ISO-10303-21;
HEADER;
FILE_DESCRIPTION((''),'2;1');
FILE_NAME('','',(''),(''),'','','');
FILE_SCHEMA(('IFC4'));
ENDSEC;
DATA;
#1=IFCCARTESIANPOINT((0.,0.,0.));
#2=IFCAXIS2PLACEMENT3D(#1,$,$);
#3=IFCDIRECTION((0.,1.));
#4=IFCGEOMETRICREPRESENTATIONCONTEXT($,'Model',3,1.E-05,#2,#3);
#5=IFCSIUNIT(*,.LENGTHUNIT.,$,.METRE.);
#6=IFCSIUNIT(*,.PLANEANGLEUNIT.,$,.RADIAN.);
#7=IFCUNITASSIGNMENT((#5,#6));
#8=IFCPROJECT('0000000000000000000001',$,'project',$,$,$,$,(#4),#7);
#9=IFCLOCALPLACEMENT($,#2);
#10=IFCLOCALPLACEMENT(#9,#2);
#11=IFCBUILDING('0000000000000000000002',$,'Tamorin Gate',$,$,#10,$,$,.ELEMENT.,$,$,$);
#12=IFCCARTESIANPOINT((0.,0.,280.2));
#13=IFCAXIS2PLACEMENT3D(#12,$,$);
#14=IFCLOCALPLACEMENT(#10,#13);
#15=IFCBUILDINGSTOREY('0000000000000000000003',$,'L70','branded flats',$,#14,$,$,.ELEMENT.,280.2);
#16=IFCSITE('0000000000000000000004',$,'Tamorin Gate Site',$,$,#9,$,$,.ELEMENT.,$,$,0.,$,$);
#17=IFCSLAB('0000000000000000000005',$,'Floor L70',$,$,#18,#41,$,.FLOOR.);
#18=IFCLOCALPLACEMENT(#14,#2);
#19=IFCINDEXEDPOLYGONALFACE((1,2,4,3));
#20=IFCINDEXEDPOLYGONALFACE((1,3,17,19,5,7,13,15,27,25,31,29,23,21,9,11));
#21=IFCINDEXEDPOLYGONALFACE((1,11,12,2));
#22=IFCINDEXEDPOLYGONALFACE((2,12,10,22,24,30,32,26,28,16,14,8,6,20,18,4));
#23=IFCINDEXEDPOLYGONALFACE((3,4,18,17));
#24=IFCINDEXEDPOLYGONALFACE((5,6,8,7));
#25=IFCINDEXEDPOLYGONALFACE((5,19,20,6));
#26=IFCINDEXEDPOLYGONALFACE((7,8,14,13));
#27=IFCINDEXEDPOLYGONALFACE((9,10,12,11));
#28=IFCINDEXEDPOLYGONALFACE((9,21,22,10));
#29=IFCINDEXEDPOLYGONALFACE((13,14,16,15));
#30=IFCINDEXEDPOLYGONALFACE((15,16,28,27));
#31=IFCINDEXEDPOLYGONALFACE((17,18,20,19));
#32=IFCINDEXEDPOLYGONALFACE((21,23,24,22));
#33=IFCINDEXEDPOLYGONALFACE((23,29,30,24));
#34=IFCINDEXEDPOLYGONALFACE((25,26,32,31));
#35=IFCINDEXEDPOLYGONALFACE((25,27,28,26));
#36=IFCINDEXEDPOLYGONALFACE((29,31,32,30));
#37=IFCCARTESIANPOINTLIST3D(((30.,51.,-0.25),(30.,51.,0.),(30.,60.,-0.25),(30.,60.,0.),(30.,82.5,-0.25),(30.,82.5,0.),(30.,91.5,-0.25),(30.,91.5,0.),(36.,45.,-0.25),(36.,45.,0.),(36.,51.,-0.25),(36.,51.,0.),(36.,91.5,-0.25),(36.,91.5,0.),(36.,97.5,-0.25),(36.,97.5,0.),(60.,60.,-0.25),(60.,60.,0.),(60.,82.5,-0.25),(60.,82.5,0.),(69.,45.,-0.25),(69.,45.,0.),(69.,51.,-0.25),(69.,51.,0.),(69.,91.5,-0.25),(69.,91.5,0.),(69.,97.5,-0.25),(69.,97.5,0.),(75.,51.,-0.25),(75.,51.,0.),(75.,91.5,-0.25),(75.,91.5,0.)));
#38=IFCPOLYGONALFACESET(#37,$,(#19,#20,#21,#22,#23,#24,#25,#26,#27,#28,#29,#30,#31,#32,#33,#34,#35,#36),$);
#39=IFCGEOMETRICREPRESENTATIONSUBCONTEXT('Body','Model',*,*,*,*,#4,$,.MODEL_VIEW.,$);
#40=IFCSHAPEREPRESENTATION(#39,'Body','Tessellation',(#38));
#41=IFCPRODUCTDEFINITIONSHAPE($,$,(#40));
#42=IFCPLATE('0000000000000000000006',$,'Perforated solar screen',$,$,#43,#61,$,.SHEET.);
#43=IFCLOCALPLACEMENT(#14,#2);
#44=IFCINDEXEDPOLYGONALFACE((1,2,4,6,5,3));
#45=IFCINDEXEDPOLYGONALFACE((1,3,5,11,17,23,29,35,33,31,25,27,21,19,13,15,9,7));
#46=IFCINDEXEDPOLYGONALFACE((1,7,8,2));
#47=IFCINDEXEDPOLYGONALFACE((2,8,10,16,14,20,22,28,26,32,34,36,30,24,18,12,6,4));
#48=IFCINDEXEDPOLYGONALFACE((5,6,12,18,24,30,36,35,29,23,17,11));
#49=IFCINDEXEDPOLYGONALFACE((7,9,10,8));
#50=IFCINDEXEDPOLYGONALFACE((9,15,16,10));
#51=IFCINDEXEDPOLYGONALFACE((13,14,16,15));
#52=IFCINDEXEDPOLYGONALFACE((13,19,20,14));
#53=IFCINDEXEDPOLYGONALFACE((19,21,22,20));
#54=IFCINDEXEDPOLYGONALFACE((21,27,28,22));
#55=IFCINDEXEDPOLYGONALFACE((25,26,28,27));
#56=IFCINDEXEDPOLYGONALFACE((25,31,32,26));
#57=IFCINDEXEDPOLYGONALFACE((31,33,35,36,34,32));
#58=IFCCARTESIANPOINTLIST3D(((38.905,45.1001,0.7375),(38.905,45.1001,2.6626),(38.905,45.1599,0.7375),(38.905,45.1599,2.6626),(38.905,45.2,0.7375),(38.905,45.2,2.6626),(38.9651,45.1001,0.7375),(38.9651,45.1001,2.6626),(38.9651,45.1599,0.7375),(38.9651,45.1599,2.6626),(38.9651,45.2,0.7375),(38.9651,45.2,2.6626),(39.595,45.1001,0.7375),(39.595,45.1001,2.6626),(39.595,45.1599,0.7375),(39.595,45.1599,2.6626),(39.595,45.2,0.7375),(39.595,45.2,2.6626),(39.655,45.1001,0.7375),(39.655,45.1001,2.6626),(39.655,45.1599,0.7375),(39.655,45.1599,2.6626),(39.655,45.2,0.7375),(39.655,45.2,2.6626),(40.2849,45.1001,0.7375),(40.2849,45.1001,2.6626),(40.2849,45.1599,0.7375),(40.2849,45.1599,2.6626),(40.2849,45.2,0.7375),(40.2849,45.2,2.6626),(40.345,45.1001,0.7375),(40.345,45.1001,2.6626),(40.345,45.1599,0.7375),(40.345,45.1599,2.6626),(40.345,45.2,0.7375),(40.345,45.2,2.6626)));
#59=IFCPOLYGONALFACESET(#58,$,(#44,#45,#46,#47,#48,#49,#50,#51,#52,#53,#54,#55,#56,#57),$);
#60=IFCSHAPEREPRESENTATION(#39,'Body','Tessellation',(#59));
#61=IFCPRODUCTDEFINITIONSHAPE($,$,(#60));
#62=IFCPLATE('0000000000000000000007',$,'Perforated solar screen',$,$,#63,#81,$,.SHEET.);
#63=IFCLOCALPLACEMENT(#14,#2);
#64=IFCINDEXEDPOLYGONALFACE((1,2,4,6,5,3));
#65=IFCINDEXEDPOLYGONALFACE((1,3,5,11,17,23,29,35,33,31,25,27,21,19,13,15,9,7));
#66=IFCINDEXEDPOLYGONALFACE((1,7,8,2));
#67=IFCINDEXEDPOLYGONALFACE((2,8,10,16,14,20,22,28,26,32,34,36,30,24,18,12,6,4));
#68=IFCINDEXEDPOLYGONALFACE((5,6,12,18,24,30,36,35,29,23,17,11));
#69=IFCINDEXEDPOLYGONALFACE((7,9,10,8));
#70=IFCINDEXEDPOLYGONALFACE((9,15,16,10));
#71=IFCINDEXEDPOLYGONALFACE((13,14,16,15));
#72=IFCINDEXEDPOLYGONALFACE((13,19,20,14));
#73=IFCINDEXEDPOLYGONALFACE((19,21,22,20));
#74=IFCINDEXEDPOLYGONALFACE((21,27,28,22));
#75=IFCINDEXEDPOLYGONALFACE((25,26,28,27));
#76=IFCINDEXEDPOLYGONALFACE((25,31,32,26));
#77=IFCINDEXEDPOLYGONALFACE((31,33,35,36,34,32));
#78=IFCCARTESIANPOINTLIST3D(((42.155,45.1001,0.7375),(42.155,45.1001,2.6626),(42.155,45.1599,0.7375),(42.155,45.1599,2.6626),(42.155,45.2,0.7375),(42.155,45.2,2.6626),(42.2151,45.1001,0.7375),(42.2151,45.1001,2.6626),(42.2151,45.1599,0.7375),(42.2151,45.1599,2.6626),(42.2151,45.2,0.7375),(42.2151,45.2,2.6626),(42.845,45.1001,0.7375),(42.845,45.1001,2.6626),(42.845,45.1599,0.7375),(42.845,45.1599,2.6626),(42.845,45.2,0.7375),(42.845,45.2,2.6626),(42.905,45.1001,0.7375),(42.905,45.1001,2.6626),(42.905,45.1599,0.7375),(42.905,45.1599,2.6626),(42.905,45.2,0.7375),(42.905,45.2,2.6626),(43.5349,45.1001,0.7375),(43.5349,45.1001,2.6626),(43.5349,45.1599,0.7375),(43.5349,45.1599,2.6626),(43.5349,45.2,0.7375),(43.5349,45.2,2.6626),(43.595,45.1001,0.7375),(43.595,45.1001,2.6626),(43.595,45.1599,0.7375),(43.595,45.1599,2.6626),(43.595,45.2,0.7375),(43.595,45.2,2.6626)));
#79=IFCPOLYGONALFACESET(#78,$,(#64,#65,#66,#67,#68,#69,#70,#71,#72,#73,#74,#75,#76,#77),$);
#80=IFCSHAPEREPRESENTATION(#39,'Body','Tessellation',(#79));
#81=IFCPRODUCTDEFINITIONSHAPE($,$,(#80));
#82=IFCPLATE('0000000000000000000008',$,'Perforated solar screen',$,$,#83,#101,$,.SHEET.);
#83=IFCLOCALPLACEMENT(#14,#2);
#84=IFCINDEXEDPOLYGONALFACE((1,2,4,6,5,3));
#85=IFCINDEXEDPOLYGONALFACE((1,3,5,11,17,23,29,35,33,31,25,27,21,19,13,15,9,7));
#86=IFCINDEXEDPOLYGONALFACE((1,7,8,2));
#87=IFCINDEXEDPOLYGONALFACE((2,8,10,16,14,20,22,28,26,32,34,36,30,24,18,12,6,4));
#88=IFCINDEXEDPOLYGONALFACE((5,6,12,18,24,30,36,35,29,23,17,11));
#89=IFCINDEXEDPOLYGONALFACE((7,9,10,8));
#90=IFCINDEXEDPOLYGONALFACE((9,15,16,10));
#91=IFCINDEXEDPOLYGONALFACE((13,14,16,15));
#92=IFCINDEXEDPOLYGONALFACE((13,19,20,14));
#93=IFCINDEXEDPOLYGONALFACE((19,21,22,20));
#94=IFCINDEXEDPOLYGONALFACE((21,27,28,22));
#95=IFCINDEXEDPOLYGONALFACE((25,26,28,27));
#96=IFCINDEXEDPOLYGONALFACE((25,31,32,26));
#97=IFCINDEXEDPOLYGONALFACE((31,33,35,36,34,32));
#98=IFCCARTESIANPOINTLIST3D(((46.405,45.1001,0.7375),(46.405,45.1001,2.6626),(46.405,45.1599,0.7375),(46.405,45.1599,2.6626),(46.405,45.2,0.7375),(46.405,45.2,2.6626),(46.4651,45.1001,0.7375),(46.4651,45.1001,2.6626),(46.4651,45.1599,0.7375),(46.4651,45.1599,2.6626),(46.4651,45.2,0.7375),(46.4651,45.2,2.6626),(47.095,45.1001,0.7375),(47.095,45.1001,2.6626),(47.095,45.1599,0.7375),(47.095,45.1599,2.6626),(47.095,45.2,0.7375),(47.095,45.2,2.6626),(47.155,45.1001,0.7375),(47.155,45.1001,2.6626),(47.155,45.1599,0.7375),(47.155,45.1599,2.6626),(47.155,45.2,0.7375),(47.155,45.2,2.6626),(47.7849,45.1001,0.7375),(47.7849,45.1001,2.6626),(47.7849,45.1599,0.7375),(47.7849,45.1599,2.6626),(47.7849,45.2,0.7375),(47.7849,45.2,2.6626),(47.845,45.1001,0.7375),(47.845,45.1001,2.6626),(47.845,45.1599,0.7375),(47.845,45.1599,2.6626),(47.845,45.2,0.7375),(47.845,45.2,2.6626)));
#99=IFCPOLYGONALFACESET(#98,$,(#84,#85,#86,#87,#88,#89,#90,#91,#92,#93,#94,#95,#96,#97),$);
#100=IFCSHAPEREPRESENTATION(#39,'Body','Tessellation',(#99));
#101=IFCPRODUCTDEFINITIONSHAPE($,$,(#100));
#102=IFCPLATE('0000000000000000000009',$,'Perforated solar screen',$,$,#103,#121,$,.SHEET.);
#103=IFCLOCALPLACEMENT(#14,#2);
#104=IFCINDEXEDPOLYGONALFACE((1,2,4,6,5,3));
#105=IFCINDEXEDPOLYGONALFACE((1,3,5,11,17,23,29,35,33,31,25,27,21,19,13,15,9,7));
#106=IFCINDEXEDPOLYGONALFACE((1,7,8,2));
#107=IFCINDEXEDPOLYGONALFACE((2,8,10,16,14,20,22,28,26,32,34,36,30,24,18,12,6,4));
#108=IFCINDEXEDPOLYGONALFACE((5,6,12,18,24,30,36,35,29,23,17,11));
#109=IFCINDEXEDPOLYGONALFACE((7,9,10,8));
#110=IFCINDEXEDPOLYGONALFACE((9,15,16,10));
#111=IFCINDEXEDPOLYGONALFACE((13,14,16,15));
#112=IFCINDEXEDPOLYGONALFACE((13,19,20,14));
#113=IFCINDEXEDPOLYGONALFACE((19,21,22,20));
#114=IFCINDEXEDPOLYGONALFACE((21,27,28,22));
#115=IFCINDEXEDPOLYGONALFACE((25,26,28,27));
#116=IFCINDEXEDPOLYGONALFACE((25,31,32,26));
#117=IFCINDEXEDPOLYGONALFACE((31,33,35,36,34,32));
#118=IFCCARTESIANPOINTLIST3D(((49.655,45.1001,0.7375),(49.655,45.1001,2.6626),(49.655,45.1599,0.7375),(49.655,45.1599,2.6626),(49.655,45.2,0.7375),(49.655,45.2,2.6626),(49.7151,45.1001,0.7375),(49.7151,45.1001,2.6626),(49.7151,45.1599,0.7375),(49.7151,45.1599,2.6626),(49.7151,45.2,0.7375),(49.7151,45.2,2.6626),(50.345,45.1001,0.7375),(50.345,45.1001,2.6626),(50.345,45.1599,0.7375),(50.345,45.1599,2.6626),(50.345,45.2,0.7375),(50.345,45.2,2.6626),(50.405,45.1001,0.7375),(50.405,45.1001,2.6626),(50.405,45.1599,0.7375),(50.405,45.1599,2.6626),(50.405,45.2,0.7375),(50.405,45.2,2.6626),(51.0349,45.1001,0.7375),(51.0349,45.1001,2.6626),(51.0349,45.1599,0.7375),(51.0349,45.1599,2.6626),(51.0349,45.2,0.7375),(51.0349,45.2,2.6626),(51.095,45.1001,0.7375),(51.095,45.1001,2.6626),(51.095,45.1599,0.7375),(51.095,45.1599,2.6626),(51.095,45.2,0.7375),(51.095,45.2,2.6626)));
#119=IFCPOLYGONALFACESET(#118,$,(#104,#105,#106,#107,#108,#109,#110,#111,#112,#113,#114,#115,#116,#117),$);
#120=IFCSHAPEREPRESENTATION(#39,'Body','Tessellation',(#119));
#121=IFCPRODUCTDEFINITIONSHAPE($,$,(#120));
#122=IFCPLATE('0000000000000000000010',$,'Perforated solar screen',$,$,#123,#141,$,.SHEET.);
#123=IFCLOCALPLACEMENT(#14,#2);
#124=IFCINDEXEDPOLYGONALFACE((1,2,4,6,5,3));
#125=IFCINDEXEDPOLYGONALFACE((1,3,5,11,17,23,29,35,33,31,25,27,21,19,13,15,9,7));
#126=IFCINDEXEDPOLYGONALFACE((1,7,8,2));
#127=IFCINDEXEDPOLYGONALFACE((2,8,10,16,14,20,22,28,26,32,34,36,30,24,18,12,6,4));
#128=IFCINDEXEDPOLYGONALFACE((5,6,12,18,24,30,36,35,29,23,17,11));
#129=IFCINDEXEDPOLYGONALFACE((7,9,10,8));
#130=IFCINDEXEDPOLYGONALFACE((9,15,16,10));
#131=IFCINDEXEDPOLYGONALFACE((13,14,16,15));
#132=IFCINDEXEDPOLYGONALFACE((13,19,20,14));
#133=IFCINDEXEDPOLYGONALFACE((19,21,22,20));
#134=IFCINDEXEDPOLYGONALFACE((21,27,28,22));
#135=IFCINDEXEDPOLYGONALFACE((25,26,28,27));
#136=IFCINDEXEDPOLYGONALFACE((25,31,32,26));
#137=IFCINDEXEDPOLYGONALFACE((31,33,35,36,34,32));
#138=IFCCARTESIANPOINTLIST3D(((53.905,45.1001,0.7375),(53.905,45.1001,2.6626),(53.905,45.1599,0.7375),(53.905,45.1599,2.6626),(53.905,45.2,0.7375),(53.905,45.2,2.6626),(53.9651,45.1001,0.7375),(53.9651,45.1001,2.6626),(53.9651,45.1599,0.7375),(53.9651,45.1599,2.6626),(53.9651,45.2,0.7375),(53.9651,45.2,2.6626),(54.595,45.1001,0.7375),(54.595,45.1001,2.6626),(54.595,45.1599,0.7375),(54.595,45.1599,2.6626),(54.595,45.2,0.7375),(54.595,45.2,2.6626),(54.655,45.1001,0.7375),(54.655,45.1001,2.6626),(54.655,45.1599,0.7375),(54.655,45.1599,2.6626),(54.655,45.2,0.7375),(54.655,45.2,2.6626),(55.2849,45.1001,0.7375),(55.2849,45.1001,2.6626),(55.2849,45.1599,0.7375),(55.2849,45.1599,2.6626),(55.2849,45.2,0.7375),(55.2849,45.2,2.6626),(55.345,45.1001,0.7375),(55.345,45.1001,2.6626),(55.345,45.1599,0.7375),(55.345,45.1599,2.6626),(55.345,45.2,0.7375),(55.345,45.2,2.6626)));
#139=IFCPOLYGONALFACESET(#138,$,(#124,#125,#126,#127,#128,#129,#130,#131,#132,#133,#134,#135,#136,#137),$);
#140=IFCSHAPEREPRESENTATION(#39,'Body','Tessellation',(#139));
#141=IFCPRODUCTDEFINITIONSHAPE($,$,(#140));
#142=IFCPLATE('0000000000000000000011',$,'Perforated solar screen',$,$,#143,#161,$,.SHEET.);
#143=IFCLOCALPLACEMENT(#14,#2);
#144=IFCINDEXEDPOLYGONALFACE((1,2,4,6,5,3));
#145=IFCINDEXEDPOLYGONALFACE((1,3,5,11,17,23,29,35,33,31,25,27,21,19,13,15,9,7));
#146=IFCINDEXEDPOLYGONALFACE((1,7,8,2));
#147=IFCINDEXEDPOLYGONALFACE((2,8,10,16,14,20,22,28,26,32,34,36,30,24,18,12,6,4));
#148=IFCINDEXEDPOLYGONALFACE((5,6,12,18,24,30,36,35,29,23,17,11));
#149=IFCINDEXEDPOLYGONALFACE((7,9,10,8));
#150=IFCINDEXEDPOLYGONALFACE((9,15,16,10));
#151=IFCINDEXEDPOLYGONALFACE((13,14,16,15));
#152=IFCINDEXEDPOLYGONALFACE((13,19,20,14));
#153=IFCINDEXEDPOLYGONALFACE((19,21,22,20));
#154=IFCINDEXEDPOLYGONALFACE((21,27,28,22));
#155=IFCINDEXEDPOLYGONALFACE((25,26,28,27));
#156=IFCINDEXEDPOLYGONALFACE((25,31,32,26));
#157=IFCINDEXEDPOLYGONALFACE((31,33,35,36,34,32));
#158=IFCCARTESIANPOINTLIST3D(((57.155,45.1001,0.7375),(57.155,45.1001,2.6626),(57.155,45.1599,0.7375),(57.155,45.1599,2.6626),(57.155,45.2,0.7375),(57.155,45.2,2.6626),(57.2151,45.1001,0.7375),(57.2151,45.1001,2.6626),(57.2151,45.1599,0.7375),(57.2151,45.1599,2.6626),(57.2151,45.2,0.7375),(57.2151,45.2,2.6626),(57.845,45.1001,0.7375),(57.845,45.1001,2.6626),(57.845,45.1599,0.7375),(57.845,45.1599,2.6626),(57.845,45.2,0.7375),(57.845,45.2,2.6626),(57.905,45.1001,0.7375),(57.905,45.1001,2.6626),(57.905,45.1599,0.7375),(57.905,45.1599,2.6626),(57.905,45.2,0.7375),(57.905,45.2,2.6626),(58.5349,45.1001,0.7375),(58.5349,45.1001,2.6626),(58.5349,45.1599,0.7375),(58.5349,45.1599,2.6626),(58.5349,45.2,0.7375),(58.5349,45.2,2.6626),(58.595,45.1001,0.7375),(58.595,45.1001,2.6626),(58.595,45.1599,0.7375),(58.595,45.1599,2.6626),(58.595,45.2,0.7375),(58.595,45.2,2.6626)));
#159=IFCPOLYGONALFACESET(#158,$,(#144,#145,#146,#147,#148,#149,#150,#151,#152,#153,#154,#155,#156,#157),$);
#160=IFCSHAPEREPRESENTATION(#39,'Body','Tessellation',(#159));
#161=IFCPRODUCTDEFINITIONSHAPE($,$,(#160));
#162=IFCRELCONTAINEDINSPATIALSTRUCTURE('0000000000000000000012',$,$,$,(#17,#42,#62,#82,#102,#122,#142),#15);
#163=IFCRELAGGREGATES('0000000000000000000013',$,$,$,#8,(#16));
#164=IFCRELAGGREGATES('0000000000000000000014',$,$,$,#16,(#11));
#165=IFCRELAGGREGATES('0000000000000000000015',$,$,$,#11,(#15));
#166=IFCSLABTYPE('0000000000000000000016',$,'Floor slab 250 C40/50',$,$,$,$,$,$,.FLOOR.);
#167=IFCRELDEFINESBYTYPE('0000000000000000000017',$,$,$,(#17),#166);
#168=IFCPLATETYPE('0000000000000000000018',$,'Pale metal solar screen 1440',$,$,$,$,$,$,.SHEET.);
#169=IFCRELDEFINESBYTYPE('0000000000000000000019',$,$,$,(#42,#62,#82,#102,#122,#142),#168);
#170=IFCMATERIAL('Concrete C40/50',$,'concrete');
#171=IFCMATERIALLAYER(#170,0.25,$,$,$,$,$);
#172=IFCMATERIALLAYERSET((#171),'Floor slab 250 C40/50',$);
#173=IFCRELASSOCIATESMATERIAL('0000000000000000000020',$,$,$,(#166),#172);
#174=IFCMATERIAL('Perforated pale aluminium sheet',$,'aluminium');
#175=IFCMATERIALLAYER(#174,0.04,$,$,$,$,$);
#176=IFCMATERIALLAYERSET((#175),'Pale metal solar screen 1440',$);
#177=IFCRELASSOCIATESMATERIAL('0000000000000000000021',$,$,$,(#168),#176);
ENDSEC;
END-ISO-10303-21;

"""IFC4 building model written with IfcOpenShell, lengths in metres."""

from ifc_helpers import new_model, si_unit, direction, frame, origin, place, context, subcontext, project, spatial, polyline, outline, extrude, material, layer, layer_set, type_object, element, save


model = new_model("IFC4")

# Units and contexts
model_context = context("Model", 3, precision=1e-05, world=origin(), true_north=direction((0.0, 1.0)))
body_context = subcontext(model_context, "Body", "Model", "MODEL_VIEW")
ifc_project = project(units=[si_unit("LENGTHUNIT", "METRE"), si_unit("PLANEANGLEUNIT", "RADIAN")], contexts=[model_context])

# Site, building, storey
site_placement = place(None, origin())
site = spatial("IfcSite", under=ifc_project, at=site_placement, Name="Tamorin Gate Site", CompositionType="ELEMENT", RefElevation=0.0)
building_placement = place(site_placement, origin())
building = spatial("IfcBuilding", under=site, at=building_placement, Name="Tamorin Gate", CompositionType="ELEMENT")
storey_placement = place(building_placement, frame((0.0, 0.0, 280.2)))
storey = spatial("IfcBuildingStorey", under=building, at=storey_placement, Name="L70", Description="branded flats", CompositionType="ELEMENT", Elevation=280.2)

# Slab
ifc_material_1 = material(Name="Concrete C40/50", Category="concrete")
ifc_layer_1 = layer(ifc_material_1, 0.25)
ifc_layer_set_1 = layer_set([ifc_layer_1], Name="Floor slab 250 C40/50")
slab_type = type_object("IfcSlabType", Name="Floor slab 250 C40/50", PredefinedType="FLOOR", material=ifc_layer_set_1)
slab_placement = place(storey_placement, frame((0.0, 0.0, -0.25)))
element("IfcSlab", 1, at=slab_placement, inside=storey, type_object=slab_type, Name="Floor L70", PredefinedType="FLOOR", context=body_context, shape_type="SweptSolid", body=[
    extrude(outline(polyline([(30.0, 91.5), (36.0, 91.5), (36.0, 97.5), (69.0, 97.5), (69.0, 91.5), (75.0, 91.5), (75.0, 51.0), (69.0, 51.0), (69.0, 45.0), (36.0, 45.0), (36.0, 51.0), (30.0, 51.0), (30.0, 60.0), (60.0, 60.0), (60.0, 82.5), (30.0, 82.5), (30.0, 91.5)])), origin(), (0.0, 0.0, 1.0), 0.25),
])

# Plates
ifc_material_2 = material(Name="Perforated pale aluminium sheet", Category="aluminium")
ifc_layer_2 = layer(ifc_material_2, 0.04)
ifc_layer_set_2 = layer_set([ifc_layer_2], Name="Pale metal solar screen 1440")
plate_type = type_object("IfcPlateType", Name="Pale metal solar screen 1440", PredefinedType="SHEET", material=ifc_layer_set_2)
plate_1_placement = place(storey_placement, frame((0.0, 0.0, 0.7375)))
element("IfcPlate", 2, at=plate_1_placement, inside=storey, type_object=plate_type, Name="Perforated solar screen", PredefinedType="SHEET", context=body_context, shape_type="SweptSolid", body=[
    extrude(outline(polyline([(38.905, 45.1599), (38.905, 45.2), (38.9651, 45.2), (39.595, 45.2), (39.655, 45.2), (40.2849, 45.2), (40.345, 45.2), (40.345, 45.2), (40.345, 45.1599), (40.345, 45.1599), (40.345, 45.1001), (40.2849, 45.1001), (40.2849, 45.1599), (39.655, 45.1599), (39.655, 45.1001), (39.595, 45.1001), (39.595, 45.1599), (38.9651, 45.1599), (38.9651, 45.1001), (38.905, 45.1001), (38.905, 45.1599)])), origin(), (0.0, 0.0, 1.0), 1.925),
])
plate_2_placement = place(storey_placement, frame((0.0, 0.0, 0.7375)))
element("IfcPlate", 3, at=plate_2_placement, inside=storey, type_object=plate_type, Name="Perforated solar screen", PredefinedType="SHEET", context=body_context, shape_type="SweptSolid", body=[
    extrude(outline(polyline([(42.155, 45.1599), (42.155, 45.2), (42.2151, 45.2), (42.845, 45.2), (42.905, 45.2), (43.5349, 45.2), (43.595, 45.2), (43.595, 45.2), (43.595, 45.1599), (43.595, 45.1599), (43.595, 45.1001), (43.5349, 45.1001), (43.5349, 45.1599), (42.905, 45.1599), (42.905, 45.1001), (42.845, 45.1001), (42.845, 45.1599), (42.2151, 45.1599), (42.2151, 45.1001), (42.155, 45.1001), (42.155, 45.1599)])), origin(), (0.0, 0.0, 1.0), 1.925),
])
plate_3_placement = place(storey_placement, frame((0.0, 0.0, 0.7375)))
element("IfcPlate", 4, at=plate_3_placement, inside=storey, type_object=plate_type, Name="Perforated solar screen", PredefinedType="SHEET", context=body_context, shape_type="SweptSolid", body=[
    extrude(outline(polyline([(46.405, 45.1599), (46.405, 45.2), (46.4651, 45.2), (47.095, 45.2), (47.155, 45.2), (47.7849, 45.2), (47.845, 45.2), (47.845, 45.1599), (47.845, 45.1001), (47.7849, 45.1001), (47.7849, 45.1599), (47.155, 45.1599), (47.155, 45.1001), (47.095, 45.1001), (47.095, 45.1599), (46.4651, 45.1599), (46.4651, 45.1001), (46.405, 45.1001), (46.405, 45.1599)])), origin(), (0.0, 0.0, 1.0), 1.925),
])
plate_4_placement = place(storey_placement, frame((0.0, 0.0, 0.7375)))
element("IfcPlate", 5, at=plate_4_placement, inside=storey, type_object=plate_type, Name="Perforated solar screen", PredefinedType="SHEET", context=body_context, shape_type="SweptSolid", body=[
    extrude(outline(polyline([(49.655, 45.1599), (49.655, 45.2), (49.7151, 45.2), (50.345, 45.2), (50.405, 45.2), (51.0349, 45.2), (51.095, 45.2), (51.095, 45.1599), (51.095, 45.1001), (51.0349, 45.1001), (51.0349, 45.1599), (50.405, 45.1599), (50.405, 45.1001), (50.345, 45.1001), (50.345, 45.1599), (49.7151, 45.1599), (49.7151, 45.1001), (49.655, 45.1001), (49.655, 45.1599)])), origin(), (0.0, 0.0, 1.0), 1.925),
])
plate_5_placement = place(storey_placement, frame((0.0, 0.0, 0.7375)))
element("IfcPlate", 6, at=plate_5_placement, inside=storey, type_object=plate_type, Name="Perforated solar screen", PredefinedType="SHEET", context=body_context, shape_type="SweptSolid", body=[
    extrude(outline(polyline([(53.905, 45.1599), (53.905, 45.2), (53.9651, 45.2), (54.595, 45.2), (54.655, 45.2), (55.2849, 45.2), (55.345, 45.2), (55.345, 45.1599), (55.345, 45.1001), (55.2849, 45.1001), (55.2849, 45.1599), (54.655, 45.1599), (54.655, 45.1001), (54.595, 45.1001), (54.595, 45.1599), (53.9651, 45.1599), (53.9651, 45.1001), (53.905, 45.1001), (53.905, 45.1599)])), origin(), (0.0, 0.0, 1.0), 1.925),
])
plate_6_placement = place(storey_placement, frame((0.0, 0.0, 0.7375)))
element("IfcPlate", 7, at=plate_6_placement, inside=storey, type_object=plate_type, Name="Perforated solar screen", PredefinedType="SHEET", context=body_context, shape_type="SweptSolid", body=[
    extrude(outline(polyline([(57.155, 45.1599), (57.155, 45.2), (57.2151, 45.2), (57.845, 45.2), (57.905, 45.2), (58.5349, 45.2), (58.595, 45.2), (58.595, 45.1599), (58.595, 45.1001), (58.5349, 45.1001), (58.5349, 45.1599), (57.905, 45.1599), (57.905, 45.1001), (57.845, 45.1001), (57.845, 45.1599), (57.2151, 45.1599), (57.2151, 45.1001), (57.155, 45.1001), (57.155, 45.1599)])), origin(), (0.0, 0.0, 1.0), 1.925),
])

save(model, "model.ifc")
